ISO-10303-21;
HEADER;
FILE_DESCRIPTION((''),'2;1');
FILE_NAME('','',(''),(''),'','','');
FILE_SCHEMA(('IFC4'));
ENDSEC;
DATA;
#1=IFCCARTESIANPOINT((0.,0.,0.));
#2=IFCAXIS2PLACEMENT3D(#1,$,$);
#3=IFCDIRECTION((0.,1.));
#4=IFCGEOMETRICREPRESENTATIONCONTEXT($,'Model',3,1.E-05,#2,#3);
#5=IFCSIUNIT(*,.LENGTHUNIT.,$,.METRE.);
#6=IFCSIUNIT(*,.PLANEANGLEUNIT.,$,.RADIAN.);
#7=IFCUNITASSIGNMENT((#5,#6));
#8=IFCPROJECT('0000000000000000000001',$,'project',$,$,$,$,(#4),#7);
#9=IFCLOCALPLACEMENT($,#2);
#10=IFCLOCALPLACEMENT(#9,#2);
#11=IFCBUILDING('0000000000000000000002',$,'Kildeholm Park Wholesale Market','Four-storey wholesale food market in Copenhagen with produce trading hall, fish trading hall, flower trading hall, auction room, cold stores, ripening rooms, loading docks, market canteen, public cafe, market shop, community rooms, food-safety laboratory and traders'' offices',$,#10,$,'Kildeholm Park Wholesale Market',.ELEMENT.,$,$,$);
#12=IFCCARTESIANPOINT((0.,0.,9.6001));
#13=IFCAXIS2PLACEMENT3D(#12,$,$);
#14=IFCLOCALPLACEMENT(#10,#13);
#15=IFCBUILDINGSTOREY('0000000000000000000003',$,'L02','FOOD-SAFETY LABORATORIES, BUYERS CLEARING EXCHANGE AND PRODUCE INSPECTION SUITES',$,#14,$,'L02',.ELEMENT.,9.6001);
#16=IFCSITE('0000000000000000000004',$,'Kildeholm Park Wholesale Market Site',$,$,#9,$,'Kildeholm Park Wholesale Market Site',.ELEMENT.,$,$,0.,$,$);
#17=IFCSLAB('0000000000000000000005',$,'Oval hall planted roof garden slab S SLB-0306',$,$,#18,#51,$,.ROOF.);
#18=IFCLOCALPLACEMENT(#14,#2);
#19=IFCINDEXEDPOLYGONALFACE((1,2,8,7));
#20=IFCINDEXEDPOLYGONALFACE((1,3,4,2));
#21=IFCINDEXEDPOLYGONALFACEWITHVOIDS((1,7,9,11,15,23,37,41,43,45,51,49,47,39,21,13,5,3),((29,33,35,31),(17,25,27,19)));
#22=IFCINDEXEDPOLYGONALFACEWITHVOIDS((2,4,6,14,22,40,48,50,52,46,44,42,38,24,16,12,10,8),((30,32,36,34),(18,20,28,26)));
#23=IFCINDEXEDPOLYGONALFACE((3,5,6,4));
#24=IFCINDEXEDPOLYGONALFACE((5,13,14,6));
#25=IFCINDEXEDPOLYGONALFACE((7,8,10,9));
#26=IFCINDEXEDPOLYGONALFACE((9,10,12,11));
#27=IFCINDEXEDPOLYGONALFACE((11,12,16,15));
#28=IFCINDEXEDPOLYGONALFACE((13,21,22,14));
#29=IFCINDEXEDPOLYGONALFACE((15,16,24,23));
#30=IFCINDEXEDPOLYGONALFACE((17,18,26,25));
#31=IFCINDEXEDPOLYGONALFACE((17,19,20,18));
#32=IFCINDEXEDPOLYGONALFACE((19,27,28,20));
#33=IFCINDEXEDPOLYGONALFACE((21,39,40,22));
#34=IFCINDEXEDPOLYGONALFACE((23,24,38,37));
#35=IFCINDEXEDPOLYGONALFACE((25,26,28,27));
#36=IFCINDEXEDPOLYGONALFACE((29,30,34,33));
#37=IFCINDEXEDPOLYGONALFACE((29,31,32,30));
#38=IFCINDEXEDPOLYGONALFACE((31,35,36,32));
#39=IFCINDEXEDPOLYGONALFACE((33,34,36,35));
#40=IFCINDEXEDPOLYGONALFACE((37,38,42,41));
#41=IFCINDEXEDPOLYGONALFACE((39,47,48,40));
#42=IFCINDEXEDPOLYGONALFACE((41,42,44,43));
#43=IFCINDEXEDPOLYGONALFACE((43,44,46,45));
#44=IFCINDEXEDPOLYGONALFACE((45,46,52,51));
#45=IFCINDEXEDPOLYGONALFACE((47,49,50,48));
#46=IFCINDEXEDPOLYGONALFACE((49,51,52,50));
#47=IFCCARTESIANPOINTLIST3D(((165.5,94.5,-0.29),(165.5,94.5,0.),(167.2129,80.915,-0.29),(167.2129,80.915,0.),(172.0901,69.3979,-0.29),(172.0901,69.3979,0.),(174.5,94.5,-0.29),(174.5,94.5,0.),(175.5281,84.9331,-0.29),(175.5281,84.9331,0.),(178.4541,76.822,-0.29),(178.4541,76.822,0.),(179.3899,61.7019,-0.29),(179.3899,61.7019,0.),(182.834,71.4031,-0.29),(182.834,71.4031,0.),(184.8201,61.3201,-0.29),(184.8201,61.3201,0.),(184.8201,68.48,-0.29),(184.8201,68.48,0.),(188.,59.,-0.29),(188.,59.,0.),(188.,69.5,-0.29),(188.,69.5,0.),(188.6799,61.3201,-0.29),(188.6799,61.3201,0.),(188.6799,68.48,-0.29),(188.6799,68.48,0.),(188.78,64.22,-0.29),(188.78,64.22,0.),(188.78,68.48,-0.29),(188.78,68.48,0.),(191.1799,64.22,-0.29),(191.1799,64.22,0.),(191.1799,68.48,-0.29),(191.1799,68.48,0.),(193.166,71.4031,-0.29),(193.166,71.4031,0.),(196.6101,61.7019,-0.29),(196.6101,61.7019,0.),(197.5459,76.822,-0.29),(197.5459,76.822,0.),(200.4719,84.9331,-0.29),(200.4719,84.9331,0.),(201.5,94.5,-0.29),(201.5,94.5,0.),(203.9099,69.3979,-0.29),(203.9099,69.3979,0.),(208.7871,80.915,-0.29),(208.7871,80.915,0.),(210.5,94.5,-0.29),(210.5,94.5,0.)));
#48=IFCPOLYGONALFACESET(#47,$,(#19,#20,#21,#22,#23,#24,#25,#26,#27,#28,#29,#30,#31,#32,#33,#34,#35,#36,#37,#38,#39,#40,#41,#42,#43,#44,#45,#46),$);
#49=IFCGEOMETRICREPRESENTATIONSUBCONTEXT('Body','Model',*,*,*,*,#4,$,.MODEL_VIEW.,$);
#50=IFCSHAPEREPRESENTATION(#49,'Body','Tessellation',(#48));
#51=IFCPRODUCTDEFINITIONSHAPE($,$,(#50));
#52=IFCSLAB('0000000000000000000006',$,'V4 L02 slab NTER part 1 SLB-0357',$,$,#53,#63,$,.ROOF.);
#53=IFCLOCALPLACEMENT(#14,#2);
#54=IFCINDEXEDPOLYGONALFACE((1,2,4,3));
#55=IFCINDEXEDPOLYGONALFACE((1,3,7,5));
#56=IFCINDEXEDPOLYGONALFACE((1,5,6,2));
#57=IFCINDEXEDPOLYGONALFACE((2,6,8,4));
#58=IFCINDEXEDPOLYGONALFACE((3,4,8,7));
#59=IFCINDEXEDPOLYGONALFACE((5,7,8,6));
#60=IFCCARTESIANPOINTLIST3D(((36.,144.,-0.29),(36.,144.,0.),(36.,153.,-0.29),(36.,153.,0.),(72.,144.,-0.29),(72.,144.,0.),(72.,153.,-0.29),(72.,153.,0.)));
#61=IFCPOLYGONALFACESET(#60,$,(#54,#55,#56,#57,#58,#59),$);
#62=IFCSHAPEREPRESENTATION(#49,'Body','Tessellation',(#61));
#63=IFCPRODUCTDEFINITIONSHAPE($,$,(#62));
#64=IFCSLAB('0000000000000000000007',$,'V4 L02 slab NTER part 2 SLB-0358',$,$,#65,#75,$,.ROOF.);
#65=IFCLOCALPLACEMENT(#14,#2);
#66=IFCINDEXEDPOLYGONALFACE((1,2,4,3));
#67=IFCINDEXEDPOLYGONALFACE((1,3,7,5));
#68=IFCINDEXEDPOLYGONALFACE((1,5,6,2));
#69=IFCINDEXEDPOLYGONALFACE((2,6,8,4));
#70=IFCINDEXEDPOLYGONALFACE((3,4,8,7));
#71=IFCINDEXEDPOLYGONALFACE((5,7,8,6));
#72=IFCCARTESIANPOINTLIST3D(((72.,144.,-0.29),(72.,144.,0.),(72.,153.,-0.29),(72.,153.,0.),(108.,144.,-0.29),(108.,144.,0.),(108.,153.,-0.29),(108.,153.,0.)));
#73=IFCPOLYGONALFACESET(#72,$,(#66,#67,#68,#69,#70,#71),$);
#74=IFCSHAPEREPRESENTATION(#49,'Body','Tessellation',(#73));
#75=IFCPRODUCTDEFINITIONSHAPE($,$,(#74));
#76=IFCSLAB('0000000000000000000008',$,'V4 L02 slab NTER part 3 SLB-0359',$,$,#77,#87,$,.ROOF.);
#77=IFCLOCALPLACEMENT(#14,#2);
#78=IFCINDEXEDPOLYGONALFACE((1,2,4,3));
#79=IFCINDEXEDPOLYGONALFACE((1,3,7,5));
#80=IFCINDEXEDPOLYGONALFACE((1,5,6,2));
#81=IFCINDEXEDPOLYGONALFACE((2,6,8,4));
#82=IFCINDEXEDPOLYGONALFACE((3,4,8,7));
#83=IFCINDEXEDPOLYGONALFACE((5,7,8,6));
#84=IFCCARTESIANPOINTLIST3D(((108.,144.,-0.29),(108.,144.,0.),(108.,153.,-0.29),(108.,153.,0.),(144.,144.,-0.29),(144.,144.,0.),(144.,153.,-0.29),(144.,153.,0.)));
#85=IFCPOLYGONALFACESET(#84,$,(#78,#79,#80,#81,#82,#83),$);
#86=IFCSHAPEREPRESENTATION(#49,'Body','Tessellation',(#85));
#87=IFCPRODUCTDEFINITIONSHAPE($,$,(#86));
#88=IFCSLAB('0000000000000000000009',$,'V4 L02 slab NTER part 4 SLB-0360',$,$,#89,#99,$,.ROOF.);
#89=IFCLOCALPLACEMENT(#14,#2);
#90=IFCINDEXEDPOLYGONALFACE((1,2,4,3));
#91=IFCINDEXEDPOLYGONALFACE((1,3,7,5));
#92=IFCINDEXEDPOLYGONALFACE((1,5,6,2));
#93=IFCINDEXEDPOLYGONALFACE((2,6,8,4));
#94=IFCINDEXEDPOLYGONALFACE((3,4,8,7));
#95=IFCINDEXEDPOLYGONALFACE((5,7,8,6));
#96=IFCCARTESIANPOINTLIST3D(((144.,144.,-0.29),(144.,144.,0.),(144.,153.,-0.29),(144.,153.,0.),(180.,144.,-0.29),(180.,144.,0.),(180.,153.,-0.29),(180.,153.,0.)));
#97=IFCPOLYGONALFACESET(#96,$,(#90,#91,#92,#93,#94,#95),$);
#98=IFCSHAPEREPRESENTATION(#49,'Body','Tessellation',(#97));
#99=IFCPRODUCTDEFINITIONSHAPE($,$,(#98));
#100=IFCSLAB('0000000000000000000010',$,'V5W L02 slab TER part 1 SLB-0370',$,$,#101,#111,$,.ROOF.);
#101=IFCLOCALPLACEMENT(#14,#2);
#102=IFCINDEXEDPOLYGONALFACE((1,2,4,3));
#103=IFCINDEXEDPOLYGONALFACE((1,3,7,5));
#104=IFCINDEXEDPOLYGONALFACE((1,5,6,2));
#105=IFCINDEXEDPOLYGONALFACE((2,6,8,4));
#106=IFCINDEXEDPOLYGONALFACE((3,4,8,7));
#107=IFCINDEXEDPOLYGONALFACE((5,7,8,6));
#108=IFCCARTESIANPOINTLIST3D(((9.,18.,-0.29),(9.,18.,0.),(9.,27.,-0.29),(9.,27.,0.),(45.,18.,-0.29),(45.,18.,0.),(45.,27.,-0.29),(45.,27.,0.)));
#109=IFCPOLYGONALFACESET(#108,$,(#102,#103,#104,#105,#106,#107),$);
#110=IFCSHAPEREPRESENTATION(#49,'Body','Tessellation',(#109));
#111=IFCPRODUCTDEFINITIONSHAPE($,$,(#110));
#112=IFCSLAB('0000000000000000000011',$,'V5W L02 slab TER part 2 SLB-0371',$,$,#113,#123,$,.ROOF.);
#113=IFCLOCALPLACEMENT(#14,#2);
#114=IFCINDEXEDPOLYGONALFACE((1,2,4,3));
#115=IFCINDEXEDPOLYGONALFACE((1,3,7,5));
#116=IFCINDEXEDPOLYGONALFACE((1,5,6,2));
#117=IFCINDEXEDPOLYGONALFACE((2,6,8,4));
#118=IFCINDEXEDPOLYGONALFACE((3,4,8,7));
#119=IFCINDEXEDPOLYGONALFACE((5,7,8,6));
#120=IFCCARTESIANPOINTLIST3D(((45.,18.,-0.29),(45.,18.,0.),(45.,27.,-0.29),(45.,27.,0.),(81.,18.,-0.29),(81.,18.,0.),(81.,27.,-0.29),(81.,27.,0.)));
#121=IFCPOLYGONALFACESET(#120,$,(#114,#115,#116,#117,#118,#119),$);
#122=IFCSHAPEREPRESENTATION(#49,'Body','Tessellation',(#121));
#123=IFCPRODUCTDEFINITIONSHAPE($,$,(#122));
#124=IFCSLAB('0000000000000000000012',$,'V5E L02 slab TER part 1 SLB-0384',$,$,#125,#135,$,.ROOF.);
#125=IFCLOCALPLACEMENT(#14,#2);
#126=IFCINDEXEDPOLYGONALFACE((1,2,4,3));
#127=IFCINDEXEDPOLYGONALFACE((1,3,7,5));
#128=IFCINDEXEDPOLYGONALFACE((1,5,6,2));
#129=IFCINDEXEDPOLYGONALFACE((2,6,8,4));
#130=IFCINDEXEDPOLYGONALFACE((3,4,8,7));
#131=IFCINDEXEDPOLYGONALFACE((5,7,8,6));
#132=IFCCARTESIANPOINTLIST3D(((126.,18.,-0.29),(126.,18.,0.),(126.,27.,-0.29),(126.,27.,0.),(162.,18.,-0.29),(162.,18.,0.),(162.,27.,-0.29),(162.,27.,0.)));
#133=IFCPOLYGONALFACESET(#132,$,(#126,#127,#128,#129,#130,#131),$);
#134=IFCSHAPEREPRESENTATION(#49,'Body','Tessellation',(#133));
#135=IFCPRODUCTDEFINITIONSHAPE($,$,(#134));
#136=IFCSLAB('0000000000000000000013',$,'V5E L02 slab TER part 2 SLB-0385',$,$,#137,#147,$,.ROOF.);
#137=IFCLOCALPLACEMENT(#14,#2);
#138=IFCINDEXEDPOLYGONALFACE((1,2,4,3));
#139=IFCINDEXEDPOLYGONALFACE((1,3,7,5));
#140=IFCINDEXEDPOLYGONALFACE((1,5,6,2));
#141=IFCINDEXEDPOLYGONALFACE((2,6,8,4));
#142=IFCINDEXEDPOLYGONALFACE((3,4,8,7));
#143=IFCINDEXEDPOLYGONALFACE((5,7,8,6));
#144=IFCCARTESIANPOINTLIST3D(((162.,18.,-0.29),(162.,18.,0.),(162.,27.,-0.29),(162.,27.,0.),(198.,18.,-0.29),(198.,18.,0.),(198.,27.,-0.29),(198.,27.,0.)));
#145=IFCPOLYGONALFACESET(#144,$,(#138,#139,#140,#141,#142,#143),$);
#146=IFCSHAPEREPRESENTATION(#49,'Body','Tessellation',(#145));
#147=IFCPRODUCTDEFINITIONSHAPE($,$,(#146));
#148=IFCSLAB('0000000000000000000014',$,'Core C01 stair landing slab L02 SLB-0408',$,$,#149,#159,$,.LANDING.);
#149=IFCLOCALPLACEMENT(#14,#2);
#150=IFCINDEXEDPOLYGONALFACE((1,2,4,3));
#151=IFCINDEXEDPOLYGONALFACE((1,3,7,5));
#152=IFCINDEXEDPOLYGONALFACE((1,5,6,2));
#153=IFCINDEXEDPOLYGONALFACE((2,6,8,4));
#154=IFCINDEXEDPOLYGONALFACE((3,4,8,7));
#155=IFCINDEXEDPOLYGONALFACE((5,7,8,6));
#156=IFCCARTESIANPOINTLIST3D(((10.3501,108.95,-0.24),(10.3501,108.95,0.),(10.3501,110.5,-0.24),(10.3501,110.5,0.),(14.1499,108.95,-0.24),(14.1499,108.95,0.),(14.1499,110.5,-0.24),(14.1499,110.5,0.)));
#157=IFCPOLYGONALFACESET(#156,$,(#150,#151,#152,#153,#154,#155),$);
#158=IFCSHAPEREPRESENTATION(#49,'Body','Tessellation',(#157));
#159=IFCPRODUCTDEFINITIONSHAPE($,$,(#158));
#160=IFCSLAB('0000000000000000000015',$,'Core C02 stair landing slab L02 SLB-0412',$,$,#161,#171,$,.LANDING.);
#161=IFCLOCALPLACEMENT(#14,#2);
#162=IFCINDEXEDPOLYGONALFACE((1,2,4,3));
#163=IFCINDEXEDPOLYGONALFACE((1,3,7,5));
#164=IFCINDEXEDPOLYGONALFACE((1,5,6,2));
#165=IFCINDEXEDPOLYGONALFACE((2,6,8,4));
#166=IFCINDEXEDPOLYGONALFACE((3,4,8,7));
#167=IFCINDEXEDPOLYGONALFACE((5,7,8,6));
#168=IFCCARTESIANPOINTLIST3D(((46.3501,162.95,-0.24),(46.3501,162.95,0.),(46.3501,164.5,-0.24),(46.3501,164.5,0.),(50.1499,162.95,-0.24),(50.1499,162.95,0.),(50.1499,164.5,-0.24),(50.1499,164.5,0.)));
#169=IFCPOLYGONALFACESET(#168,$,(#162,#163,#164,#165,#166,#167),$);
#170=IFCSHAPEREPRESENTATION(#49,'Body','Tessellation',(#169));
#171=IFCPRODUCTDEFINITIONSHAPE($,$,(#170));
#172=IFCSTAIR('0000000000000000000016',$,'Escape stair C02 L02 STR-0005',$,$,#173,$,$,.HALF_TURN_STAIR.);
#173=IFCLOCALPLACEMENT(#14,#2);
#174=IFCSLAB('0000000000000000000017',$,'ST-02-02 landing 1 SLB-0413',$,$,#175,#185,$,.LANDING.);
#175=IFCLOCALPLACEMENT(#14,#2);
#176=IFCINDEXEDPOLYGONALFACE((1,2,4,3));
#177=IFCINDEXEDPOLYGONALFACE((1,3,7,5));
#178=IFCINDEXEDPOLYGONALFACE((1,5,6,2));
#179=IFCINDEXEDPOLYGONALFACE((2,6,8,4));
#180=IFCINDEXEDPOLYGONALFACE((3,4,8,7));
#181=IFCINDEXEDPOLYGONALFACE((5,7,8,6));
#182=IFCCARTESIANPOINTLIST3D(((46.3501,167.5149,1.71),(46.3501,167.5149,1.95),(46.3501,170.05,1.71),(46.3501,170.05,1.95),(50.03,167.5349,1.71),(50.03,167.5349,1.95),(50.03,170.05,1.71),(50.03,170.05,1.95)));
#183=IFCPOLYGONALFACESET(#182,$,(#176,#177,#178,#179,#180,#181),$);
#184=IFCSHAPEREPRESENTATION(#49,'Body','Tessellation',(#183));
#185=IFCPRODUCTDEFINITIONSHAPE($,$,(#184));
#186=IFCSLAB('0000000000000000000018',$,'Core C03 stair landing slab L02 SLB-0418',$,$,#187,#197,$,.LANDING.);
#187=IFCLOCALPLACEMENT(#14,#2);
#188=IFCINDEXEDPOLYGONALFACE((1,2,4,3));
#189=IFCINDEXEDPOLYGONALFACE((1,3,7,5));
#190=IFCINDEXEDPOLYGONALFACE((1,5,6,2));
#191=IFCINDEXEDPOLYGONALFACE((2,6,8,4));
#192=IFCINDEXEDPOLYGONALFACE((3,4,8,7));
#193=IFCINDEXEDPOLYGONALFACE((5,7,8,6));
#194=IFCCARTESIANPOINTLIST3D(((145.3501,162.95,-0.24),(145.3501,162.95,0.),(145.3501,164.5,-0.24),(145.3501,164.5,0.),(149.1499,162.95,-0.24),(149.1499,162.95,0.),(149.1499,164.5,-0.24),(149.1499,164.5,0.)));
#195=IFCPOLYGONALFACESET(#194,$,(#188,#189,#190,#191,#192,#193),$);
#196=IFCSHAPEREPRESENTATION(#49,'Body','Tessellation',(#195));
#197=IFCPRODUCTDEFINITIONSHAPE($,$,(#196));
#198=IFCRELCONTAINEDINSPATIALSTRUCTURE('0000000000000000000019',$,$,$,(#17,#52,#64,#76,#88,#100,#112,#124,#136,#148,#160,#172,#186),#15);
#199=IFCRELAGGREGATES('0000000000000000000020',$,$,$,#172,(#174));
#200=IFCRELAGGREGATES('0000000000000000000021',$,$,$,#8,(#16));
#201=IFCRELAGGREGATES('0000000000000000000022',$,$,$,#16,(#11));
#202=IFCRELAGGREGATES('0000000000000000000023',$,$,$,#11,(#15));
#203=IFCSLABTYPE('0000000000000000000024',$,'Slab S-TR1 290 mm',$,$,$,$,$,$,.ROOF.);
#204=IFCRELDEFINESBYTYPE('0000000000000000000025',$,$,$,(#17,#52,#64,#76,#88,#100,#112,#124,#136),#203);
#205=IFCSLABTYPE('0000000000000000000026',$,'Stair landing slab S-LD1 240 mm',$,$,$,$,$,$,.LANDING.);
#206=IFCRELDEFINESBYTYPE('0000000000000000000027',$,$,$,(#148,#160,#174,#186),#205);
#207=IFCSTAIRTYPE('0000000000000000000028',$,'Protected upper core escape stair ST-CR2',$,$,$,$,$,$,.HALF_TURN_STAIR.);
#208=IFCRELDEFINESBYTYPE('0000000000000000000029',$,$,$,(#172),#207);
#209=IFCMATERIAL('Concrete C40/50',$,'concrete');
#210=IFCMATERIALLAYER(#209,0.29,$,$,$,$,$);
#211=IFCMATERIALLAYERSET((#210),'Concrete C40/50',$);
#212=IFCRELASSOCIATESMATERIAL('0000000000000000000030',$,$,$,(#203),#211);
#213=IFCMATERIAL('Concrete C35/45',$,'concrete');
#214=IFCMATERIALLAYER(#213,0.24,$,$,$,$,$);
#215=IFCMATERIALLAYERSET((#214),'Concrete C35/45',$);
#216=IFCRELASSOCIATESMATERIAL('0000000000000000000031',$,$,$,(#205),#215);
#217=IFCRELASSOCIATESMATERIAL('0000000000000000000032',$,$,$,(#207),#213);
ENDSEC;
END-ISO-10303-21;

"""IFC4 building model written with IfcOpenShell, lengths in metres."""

from ifc_helpers import new_model, si_unit, direction, frame, origin, place, context, subcontext, project, spatial, polyline, outline, extrude, material, layer, layer_set, type_object, element, aggregate, save


model = new_model("IFC4")

# Units and contexts
model_context = context("Model", 3, precision=1e-05, world=origin(), true_north=direction((0.0, 1.0)))
body_context = subcontext(model_context, "Body", "Model", "MODEL_VIEW")
ifc_project = project(units=[si_unit("LENGTHUNIT", "METRE"), si_unit("PLANEANGLEUNIT", "RADIAN")], contexts=[model_context])

# Site, building, storey
site_placement = place(None, origin())
site = spatial("IfcSite", under=ifc_project, at=site_placement, Name="Kildeholm Park Wholesale Market Site", LongName="Kildeholm Park Wholesale Market Site", CompositionType="ELEMENT", RefElevation=0.0)
building_placement = place(site_placement, origin())
building = spatial("IfcBuilding", under=site, at=building_placement, Name="Kildeholm Park Wholesale Market", Description="Four-storey wholesale food market in Copenhagen with produce trading hall, fish trading hall, flower trading hall, auction room, cold stores, ripening rooms, loading docks, market canteen, public cafe, market shop, community rooms, food-safety laboratory and traders' offices", LongName="Kildeholm Park Wholesale Market", CompositionType="ELEMENT")
storey_placement = place(building_placement, frame((0.0, 0.0, 9.6001)))
storey = spatial("IfcBuildingStorey", under=building, at=storey_placement, Name="L02", Description="FOOD-SAFETY LABORATORIES, BUYERS CLEARING EXCHANGE AND PRODUCE INSPECTION SUITES", LongName="L02", CompositionType="ELEMENT", Elevation=9.6001)

# Slabs
ifc_material_1 = material(Name="Concrete C35/45", Category="concrete")
ifc_material_2 = material(Name="Concrete C40/50", Category="concrete")
ifc_layer_1 = layer(ifc_material_2, 0.29)
ifc_layer_set_1 = layer_set([ifc_layer_1], Name="Concrete C40/50")
slab_type_1 = type_object("IfcSlabType", Name="Slab S-TR1 290 mm", PredefinedType="ROOF", material=ifc_layer_set_1)
slab_1_placement = place(storey_placement, frame((0.0, 0.0, -0.29)))
element("IfcSlab", 1, at=slab_1_placement, inside=storey, type_object=slab_type_1, Name="Oval hall planted roof garden slab S SLB-0306", PredefinedType="ROOF", context=body_context, shape_type="SweptSolid", body=[
    extrude(outline(polyline([(174.5, 94.5), (175.5281, 84.9331), (178.4541, 76.822), (182.834, 71.4031), (188.0, 69.5), (193.166, 71.4031), (197.5459, 76.822), (200.4719, 84.9331), (201.5, 94.5), (210.5, 94.5), (208.7871, 80.915), (203.9099, 69.3979), (196.6101, 61.7019), (188.0, 59.0), (179.3899, 61.7019), (172.0901, 69.3979), (167.2129, 80.915), (165.5, 94.5), (174.5, 94.5)]), holes=[polyline([(188.6799, 68.48), (184.8201, 68.48), (184.8201, 61.3201), (188.6799, 61.3201), (188.6799, 68.48)]), polyline([(191.1799, 64.22), (191.1799, 68.48), (188.78, 68.48), (188.78, 64.22), (191.1799, 64.22)])]), origin(), (0.0, 0.0, 1.0), 0.29),
])
slab_2_placement = place(storey_placement, frame((0.0, 0.0, -0.29)))
element("IfcSlab", 2, at=slab_2_placement, inside=storey, type_object=slab_type_1, Name="V4 L02 slab NTER part 1 SLB-0357", PredefinedType="ROOF", context=body_context, shape_type="SweptSolid", body=[
    extrude(outline(polyline([(36.0, 153.0), (72.0, 153.0), (72.0, 144.0), (36.0, 144.0), (36.0, 153.0)])), origin(), (0.0, 0.0, 1.0), 0.29),
])
slab_3_placement = place(storey_placement, frame((0.0, 0.0, -0.29)))
element("IfcSlab", 3, at=slab_3_placement, inside=storey, type_object=slab_type_1, Name="V4 L02 slab NTER part 2 SLB-0358", PredefinedType="ROOF", context=body_context, shape_type="SweptSolid", body=[
    extrude(outline(polyline([(72.0, 153.0), (108.0, 153.0), (108.0, 144.0), (72.0, 144.0), (72.0, 153.0)])), origin(), (0.0, 0.0, 1.0), 0.29),
])
slab_4_placement = place(storey_placement, frame((0.0, 0.0, -0.29)))
element("IfcSlab", 4, at=slab_4_placement, inside=storey, type_object=slab_type_1, Name="V4 L02 slab NTER part 3 SLB-0359", PredefinedType="ROOF", context=body_context, shape_type="SweptSolid", body=[
    extrude(outline(polyline([(108.0, 153.0), (144.0, 153.0), (144.0, 144.0), (108.0, 144.0), (108.0, 153.0)])), origin(), (0.0, 0.0, 1.0), 0.29),
])
slab_5_placement = place(storey_placement, frame((0.0, 0.0, -0.29)))
element("IfcSlab", 5, at=slab_5_placement, inside=storey, type_object=slab_type_1, Name="V4 L02 slab NTER part 4 SLB-0360", PredefinedType="ROOF", context=body_context, shape_type="SweptSolid", body=[
    extrude(outline(polyline([(144.0, 153.0), (180.0, 153.0), (180.0, 144.0), (144.0, 144.0), (144.0, 153.0)])), origin(), (0.0, 0.0, 1.0), 0.29),
])
slab_6_placement = place(storey_placement, frame((0.0, 0.0, -0.29)))
element("IfcSlab", 6, at=slab_6_placement, inside=storey, type_object=slab_type_1, Name="V5W L02 slab TER part 1 SLB-0370", PredefinedType="ROOF", context=body_context, shape_type="SweptSolid", body=[
    extrude(outline(polyline([(9.0, 27.0), (45.0, 27.0), (45.0, 18.0), (9.0, 18.0), (9.0, 27.0)])), origin(), (0.0, 0.0, 1.0), 0.29),
])
slab_7_placement = place(storey_placement, frame((0.0, 0.0, -0.29)))
element("IfcSlab", 7, at=slab_7_placement, inside=storey, type_object=slab_type_1, Name="V5W L02 slab TER part 2 SLB-0371", PredefinedType="ROOF", context=body_context, shape_type="SweptSolid", body=[
    extrude(outline(polyline([(45.0, 27.0), (81.0, 27.0), (81.0, 18.0), (45.0, 18.0), (45.0, 27.0)])), origin(), (0.0, 0.0, 1.0), 0.29),
])
slab_8_placement = place(storey_placement, frame((0.0, 0.0, -0.29)))
element("IfcSlab", 8, at=slab_8_placement, inside=storey, type_object=slab_type_1, Name="V5E L02 slab TER part 1 SLB-0384", PredefinedType="ROOF", context=body_context, shape_type="SweptSolid", body=[
    extrude(outline(polyline([(126.0, 27.0), (162.0, 27.0), (162.0, 18.0), (126.0, 18.0), (126.0, 27.0)])), origin(), (0.0, 0.0, 1.0), 0.29),
])
slab_9_placement = place(storey_placement, frame((0.0, 0.0, -0.29)))
element("IfcSlab", 9, at=slab_9_placement, inside=storey, type_object=slab_type_1, Name="V5E L02 slab TER part 2 SLB-0385", PredefinedType="ROOF", context=body_context, shape_type="SweptSolid", body=[
    extrude(outline(polyline([(162.0, 27.0), (198.0, 27.0), (198.0, 18.0), (162.0, 18.0), (162.0, 27.0)])), origin(), (0.0, 0.0, 1.0), 0.29),
])
ifc_layer_2 = layer(ifc_material_1, 0.24)
ifc_layer_set_2 = layer_set([ifc_layer_2], Name="Concrete C35/45")
slab_type_2 = type_object("IfcSlabType", Name="Stair landing slab S-LD1 240 mm", PredefinedType="LANDING", material=ifc_layer_set_2)
slab_10_placement = place(storey_placement, frame((0.0, 0.0, -0.24)))
element("IfcSlab", 10, at=slab_10_placement, inside=storey, type_object=slab_type_2, Name="Core C01 stair landing slab L02 SLB-0408", PredefinedType="LANDING", context=body_context, shape_type="SweptSolid", body=[
    extrude(outline(polyline([(10.3501, 108.95), (14.1499, 108.95), (14.1499, 110.5), (10.3501, 110.5), (10.3501, 108.95)])), origin(), (0.0, 0.0, 1.0), 0.24),
])
slab_11_placement = place(storey_placement, frame((0.0, 0.0, -0.24)))
element("IfcSlab", 11, at=slab_11_placement, inside=storey, type_object=slab_type_2, Name="Core C02 stair landing slab L02 SLB-0412", PredefinedType="LANDING", context=body_context, shape_type="SweptSolid", body=[
    extrude(outline(polyline([(46.3501, 162.95), (50.1499, 162.95), (50.1499, 164.5), (46.3501, 164.5), (46.3501, 162.95)])), origin(), (0.0, 0.0, 1.0), 0.24),
])

# Stair, slab
stair_type = type_object("IfcStairType", Name="Protected upper core escape stair ST-CR2", PredefinedType="HALF_TURN_STAIR", material=ifc_material_1)
stair_placement = place(storey_placement, origin())
stair = element("IfcStair", 12, at=stair_placement, inside=storey, type_object=stair_type, Name="Escape stair C02 L02 STR-0005", PredefinedType="HALF_TURN_STAIR")
slab_12_placement = place(storey_placement, frame((0.0, 0.0, 1.71)))
slab_12 = element("IfcSlab", 13, at=slab_12_placement, type_object=slab_type_2, Name="ST-02-02 landing 1 SLB-0413", PredefinedType="LANDING", context=body_context, shape_type="SweptSolid", body=[
    extrude(outline(polyline([(46.3501, 167.5149), (50.03, 167.5349), (50.03, 170.05), (46.3501, 170.05), (46.3501, 167.5149)])), origin(), (0.0, 0.0, 1.0), 0.24),
])
aggregate(stair, [slab_12])

# Slab
slab_13_placement = place(storey_placement, frame((0.0, 0.0, -0.24)))
element("IfcSlab", 14, at=slab_13_placement, inside=storey, type_object=slab_type_2, Name="Core C03 stair landing slab L02 SLB-0418", PredefinedType="LANDING", context=body_context, shape_type="SweptSolid", body=[
    extrude(outline(polyline([(145.3501, 162.95), (149.1499, 162.95), (149.1499, 164.5), (145.3501, 164.5), (145.3501, 162.95)])), origin(), (0.0, 0.0, 1.0), 0.24),
])

save(model, "model.ifc")
